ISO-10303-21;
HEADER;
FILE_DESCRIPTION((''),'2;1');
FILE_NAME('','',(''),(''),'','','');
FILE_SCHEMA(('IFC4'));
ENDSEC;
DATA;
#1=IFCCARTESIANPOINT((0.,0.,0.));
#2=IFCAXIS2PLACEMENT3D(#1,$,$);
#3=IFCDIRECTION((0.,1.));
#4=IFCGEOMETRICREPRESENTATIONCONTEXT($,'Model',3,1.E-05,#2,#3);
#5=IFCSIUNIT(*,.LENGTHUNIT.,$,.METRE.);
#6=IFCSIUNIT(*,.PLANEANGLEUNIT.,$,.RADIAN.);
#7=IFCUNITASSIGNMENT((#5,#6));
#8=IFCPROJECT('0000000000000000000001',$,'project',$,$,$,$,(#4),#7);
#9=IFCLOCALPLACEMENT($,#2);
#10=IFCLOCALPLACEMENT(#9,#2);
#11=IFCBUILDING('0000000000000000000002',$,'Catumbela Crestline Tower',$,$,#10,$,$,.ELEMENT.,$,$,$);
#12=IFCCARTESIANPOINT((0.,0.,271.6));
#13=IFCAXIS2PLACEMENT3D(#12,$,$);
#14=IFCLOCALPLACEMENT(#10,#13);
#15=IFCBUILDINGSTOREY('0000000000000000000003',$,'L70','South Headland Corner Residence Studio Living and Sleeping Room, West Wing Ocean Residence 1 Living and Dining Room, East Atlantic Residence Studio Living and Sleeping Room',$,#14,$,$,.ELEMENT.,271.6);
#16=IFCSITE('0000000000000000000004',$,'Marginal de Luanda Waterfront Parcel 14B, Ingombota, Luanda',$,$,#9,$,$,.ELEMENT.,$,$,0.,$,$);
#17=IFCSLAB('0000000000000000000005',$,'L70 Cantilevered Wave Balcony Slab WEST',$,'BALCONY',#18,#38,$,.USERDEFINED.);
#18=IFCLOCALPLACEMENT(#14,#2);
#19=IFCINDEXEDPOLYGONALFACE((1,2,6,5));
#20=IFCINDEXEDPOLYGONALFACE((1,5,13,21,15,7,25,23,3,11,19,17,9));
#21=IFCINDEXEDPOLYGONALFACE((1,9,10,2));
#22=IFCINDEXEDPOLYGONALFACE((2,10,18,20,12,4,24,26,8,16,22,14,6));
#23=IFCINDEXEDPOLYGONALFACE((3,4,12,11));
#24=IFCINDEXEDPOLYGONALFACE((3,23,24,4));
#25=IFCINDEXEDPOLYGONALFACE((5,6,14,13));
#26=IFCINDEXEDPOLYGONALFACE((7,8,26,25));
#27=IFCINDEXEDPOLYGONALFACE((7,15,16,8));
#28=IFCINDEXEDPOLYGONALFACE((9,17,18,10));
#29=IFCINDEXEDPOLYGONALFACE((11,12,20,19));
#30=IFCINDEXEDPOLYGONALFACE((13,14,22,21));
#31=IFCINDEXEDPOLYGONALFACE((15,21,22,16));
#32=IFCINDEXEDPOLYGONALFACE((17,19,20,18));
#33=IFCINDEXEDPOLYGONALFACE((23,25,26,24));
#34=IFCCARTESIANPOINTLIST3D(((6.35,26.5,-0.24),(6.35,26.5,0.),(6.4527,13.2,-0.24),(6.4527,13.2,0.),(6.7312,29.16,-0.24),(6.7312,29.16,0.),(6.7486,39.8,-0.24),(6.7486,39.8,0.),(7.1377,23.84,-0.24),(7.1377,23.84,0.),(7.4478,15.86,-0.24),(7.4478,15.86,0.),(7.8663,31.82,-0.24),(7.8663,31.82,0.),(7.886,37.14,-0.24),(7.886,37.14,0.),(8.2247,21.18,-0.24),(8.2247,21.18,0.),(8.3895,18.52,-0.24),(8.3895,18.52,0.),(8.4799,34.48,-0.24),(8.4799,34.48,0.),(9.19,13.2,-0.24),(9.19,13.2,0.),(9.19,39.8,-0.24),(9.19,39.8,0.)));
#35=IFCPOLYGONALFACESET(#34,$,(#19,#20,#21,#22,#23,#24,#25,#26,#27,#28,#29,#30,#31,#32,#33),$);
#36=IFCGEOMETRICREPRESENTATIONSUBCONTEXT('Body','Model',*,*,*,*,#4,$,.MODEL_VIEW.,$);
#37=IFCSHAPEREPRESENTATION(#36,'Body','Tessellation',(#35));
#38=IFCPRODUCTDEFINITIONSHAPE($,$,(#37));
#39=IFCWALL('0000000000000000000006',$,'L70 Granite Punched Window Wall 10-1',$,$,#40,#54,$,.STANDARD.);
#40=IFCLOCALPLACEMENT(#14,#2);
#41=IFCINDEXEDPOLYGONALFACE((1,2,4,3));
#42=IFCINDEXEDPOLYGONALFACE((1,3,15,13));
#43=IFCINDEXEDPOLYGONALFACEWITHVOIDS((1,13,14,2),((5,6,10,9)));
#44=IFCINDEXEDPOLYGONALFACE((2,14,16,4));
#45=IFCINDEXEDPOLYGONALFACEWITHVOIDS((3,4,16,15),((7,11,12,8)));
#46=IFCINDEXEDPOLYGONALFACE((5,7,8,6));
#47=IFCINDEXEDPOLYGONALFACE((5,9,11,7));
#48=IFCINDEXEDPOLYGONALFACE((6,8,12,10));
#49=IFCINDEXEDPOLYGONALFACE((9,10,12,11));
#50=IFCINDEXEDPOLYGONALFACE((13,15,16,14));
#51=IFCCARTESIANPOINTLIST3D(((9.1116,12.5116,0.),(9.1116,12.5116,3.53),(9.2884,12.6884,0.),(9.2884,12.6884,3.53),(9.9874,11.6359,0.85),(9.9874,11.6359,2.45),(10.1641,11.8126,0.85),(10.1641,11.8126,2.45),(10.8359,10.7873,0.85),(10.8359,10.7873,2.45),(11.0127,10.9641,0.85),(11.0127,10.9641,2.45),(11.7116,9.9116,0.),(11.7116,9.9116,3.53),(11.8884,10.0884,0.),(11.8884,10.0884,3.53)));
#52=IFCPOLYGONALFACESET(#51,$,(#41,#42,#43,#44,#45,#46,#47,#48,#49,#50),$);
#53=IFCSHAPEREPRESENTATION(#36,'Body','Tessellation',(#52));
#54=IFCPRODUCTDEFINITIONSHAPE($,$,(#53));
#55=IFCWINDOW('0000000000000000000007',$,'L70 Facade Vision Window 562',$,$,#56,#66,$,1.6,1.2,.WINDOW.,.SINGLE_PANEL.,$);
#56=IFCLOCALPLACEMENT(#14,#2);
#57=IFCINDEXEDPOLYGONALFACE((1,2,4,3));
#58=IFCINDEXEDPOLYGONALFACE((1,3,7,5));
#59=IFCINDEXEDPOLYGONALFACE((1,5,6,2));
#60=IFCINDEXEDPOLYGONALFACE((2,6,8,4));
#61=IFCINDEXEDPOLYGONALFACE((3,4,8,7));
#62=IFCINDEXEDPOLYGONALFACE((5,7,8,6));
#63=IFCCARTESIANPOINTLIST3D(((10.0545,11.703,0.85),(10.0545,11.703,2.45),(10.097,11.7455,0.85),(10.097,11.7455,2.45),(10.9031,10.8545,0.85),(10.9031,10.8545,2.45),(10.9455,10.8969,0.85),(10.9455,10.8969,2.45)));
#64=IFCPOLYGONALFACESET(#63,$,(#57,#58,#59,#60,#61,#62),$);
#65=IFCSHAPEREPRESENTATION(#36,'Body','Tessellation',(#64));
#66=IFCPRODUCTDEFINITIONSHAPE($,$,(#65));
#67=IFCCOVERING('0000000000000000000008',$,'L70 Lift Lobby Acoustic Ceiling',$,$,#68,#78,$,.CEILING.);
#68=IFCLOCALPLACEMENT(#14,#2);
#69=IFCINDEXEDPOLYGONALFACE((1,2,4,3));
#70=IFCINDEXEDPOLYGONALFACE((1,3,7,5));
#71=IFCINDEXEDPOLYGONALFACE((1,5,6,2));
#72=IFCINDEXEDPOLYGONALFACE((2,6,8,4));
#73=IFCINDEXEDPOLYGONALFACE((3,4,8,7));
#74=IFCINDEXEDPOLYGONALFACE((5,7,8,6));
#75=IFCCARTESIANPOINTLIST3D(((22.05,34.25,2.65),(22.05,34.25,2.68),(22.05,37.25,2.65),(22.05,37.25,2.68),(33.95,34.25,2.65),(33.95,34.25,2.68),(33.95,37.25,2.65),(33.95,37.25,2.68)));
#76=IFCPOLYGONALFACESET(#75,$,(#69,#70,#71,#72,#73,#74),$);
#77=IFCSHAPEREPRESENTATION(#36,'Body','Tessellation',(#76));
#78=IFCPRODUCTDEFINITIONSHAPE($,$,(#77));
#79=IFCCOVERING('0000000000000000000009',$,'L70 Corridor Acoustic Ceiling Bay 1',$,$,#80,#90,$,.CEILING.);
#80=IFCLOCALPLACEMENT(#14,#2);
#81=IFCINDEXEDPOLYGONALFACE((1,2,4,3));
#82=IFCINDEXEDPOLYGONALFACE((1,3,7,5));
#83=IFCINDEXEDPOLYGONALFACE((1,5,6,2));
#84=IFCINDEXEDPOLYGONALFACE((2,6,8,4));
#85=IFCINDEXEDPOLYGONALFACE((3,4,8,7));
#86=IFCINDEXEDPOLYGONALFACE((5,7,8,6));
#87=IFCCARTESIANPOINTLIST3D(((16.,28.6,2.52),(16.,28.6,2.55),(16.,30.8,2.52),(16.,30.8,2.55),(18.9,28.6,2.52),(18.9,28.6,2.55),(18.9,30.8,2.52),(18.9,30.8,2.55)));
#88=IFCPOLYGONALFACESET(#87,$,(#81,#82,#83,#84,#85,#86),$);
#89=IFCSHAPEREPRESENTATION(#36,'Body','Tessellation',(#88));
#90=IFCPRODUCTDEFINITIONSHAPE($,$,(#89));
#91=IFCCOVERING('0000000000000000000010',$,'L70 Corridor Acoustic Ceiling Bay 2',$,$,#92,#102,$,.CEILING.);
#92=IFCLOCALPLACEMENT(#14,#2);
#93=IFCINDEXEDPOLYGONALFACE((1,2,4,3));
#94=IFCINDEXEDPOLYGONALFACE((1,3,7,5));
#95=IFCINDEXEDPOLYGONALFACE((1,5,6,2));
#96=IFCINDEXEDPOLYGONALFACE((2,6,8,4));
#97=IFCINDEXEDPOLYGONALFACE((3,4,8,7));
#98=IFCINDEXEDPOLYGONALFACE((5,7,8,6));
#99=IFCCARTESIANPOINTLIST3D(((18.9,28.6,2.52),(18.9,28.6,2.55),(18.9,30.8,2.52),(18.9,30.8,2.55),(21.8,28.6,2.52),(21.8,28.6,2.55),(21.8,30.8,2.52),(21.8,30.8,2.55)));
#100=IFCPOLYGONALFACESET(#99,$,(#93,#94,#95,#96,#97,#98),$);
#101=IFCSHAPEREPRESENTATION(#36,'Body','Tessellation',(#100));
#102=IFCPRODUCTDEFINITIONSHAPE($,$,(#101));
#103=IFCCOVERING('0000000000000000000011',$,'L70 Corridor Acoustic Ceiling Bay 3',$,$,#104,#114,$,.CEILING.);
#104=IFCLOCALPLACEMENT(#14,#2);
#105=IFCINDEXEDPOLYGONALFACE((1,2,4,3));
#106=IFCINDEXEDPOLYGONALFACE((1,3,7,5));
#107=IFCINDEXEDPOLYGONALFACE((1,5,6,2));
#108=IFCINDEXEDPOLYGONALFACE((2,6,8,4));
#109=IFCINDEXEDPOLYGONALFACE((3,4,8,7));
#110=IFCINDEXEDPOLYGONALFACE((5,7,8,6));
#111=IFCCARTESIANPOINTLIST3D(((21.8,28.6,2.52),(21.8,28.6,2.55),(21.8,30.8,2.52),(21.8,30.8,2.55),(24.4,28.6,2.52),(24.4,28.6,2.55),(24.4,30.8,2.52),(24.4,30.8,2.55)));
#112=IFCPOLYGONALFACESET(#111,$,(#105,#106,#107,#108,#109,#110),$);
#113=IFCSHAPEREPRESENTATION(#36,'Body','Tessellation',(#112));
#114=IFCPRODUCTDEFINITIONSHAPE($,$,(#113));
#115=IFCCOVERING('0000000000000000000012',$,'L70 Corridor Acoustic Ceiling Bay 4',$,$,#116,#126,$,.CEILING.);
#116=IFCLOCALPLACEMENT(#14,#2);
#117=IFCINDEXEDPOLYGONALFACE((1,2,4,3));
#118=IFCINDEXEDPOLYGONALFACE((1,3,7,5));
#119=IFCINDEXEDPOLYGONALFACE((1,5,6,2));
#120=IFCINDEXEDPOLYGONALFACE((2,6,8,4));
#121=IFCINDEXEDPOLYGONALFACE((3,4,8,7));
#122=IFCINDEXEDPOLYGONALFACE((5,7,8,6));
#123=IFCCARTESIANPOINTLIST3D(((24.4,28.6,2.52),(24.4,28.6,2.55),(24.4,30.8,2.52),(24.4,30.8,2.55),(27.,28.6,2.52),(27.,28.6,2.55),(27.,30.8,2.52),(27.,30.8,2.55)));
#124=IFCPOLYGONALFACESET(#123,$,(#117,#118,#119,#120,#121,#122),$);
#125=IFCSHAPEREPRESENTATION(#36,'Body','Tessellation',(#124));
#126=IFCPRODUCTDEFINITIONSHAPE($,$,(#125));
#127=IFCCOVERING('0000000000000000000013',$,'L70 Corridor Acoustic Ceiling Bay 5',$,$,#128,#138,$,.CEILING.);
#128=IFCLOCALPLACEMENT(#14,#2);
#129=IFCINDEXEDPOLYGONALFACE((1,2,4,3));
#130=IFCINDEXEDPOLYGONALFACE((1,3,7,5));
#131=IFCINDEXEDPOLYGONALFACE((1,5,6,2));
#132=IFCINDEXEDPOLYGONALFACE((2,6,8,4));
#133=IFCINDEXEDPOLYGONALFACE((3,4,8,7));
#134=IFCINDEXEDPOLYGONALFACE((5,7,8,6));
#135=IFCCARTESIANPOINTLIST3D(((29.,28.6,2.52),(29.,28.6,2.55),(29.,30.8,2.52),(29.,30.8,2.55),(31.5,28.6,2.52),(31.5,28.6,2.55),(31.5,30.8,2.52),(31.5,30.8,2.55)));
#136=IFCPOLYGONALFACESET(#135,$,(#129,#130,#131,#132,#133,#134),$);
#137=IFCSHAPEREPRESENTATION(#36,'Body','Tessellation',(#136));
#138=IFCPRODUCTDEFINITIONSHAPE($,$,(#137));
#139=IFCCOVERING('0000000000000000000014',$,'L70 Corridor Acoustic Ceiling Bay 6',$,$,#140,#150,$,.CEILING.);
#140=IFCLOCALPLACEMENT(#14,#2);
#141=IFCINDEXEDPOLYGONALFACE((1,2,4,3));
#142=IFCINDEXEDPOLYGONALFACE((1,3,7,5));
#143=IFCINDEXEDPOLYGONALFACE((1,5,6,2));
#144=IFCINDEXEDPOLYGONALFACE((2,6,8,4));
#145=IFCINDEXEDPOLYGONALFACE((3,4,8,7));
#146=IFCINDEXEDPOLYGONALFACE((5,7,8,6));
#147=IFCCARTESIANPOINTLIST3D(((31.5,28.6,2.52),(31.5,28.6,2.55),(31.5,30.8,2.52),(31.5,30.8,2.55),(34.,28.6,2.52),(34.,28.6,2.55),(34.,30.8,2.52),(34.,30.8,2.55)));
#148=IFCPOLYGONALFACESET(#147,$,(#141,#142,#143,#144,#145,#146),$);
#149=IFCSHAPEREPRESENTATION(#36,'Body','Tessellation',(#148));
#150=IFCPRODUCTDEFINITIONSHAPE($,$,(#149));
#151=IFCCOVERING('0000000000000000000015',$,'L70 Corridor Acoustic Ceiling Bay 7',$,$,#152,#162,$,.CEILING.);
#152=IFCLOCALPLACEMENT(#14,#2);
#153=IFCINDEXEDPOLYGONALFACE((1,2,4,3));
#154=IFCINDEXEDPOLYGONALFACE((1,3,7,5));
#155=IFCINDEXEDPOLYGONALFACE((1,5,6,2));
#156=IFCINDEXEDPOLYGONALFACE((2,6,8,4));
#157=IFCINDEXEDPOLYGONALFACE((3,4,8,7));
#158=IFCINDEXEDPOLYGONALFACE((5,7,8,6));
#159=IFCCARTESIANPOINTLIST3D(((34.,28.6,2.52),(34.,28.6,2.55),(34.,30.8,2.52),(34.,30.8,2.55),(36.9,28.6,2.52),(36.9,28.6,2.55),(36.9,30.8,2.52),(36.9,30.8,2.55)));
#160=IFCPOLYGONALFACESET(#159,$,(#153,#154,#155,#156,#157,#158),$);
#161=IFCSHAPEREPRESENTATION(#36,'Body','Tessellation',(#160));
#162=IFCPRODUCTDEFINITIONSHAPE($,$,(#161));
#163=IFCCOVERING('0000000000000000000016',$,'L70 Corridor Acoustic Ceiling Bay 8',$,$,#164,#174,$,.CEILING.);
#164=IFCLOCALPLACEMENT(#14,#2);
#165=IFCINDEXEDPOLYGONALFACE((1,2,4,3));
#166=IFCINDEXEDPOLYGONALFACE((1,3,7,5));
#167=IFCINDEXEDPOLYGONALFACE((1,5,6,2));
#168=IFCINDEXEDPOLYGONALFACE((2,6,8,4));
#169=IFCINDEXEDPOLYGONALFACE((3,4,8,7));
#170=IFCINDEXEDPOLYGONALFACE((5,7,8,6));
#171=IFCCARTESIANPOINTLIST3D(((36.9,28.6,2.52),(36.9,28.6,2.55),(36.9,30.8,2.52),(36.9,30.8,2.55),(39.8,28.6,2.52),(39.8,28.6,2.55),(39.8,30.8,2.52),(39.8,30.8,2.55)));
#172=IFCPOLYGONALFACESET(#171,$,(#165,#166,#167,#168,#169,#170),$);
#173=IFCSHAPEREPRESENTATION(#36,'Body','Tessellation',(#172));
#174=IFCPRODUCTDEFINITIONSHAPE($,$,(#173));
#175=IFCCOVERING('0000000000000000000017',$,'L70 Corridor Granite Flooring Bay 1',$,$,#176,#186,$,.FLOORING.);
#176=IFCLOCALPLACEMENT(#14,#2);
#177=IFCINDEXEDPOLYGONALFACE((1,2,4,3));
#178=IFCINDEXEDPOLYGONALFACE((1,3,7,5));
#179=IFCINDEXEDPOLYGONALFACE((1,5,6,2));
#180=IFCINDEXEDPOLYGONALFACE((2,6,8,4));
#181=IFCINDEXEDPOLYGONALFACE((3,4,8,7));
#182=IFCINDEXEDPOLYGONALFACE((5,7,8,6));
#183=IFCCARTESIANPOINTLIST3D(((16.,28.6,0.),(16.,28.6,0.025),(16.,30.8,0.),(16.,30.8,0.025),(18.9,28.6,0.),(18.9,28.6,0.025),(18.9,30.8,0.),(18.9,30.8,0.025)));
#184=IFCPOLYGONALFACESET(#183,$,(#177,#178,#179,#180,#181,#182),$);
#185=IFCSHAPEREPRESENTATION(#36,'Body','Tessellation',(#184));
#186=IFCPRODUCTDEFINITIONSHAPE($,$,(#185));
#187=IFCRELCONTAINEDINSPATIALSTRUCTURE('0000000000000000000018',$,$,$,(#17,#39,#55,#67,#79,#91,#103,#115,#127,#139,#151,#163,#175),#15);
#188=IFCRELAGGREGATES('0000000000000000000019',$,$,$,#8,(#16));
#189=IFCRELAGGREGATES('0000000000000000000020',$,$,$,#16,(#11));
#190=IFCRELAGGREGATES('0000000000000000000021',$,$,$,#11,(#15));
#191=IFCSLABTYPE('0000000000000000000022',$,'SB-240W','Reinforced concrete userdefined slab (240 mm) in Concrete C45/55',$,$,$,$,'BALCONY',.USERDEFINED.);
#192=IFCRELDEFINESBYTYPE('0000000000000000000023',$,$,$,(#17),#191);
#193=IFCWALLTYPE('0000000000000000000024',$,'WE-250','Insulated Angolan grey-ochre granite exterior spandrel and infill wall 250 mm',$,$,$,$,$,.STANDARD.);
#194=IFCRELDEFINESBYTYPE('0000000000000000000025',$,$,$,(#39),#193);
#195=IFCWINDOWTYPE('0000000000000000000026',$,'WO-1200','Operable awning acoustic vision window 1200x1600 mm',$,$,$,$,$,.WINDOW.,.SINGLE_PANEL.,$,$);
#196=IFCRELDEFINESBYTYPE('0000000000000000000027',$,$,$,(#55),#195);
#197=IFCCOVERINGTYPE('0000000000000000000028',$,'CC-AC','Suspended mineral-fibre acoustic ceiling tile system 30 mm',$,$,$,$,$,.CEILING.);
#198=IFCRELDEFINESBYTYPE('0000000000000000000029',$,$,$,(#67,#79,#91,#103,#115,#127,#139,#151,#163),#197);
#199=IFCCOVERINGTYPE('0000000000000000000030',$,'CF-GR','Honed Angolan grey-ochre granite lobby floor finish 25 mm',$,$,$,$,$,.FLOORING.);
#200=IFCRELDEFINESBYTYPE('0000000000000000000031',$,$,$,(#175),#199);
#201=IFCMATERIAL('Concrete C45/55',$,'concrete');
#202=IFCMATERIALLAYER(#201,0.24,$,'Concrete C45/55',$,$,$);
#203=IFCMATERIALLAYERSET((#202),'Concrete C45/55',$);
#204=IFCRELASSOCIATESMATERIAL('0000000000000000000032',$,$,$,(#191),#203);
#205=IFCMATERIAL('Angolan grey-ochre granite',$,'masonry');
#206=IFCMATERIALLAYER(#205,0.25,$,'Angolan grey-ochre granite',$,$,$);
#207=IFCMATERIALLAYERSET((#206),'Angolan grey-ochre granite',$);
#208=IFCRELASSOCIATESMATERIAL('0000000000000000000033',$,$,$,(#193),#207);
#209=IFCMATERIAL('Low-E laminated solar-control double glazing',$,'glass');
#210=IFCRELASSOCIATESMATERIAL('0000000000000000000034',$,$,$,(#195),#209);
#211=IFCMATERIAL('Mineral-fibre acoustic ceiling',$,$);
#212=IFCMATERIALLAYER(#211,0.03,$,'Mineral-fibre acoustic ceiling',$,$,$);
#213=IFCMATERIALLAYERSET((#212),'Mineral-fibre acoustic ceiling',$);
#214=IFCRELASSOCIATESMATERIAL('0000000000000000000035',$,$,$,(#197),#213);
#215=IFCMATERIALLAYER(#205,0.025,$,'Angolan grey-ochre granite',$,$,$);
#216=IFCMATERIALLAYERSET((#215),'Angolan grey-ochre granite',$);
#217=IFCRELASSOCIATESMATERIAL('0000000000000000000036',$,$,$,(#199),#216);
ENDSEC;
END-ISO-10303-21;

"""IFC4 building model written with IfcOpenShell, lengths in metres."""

from ifc_helpers import new_model, si_unit, direction, frame, frame_2d, origin, place, context, subcontext, project, spatial, polyline, rectangle, outline, extrude, material, layer, layer_set, type_object, element, fill, save


model = new_model("IFC4")

# Units and contexts
model_context = context("Model", 3, precision=1e-05, world=origin(), true_north=direction((0.0, 1.0)))
body_context = subcontext(model_context, "Body", "Model", "MODEL_VIEW")
ifc_project = project(units=[si_unit("LENGTHUNIT", "METRE"), si_unit("PLANEANGLEUNIT", "RADIAN")], contexts=[model_context])

# Site, building, storey
site_placement = place(None, origin())
site = spatial("IfcSite", under=ifc_project, at=site_placement, Name="Marginal de Luanda Waterfront Parcel 14B, Ingombota, Luanda", CompositionType="ELEMENT", RefElevation=0.0)
building_placement = place(site_placement, origin())
building = spatial("IfcBuilding", under=site, at=building_placement, Name="Catumbela Crestline Tower", CompositionType="ELEMENT")
storey_placement = place(building_placement, frame((0.0, 0.0, 271.6)))
storey = spatial("IfcBuildingStorey", under=building, at=storey_placement, Name="L70", Description="South Headland Corner Residence Studio Living and Sleeping Room, West Wing Ocean Residence 1 Living and Dining Room, East Atlantic Residence Studio Living and Sleeping Room", CompositionType="ELEMENT", Elevation=271.6)

# Shared definitions
ifc_material_1 = material(Name="Low-E laminated solar-control double glazing", Category="glass")

# Shared definitions
ifc_material_2 = material(Name="Concrete C45/55", Category="concrete")

# Slab
ifc_layer_1 = layer(ifc_material_2, 0.24, Name="Concrete C45/55")
ifc_layer_set_1 = layer_set([ifc_layer_1], Name="Concrete C45/55")
slab_type_1 = type_object("IfcSlabType", Name="SB-240W", Description="Reinforced concrete userdefined slab (240 mm) in Concrete C45/55", ElementType="BALCONY", PredefinedType="USERDEFINED", material=ifc_layer_set_1)
slab_1_placement = place(storey_placement, frame((0.0, 0.0, -0.24)))
element("IfcSlab", 1, at=slab_1_placement, inside=storey, type_object=slab_type_1, Name="L70 Cantilevered Wave Balcony Slab WEST", ObjectType="BALCONY", PredefinedType="USERDEFINED", context=body_context, shape_type="SweptSolid", body=[
    extrude(outline(polyline([(9.19, 39.8), (6.7486, 39.8), (7.886, 37.14), (8.4799, 34.48), (7.8663, 31.82), (6.7312, 29.16), (6.35, 26.5), (7.1377, 23.84), (8.2247, 21.18), (8.3895, 18.52), (7.4478, 15.86), (6.4527, 13.2), (9.19, 13.2), (9.19, 39.8)])), origin(), (0.0, 0.0, 1.0), 0.24),
])

# Wall, opening, window
ifc_material_3 = material(Name="Angolan grey-ochre granite", Category="masonry")
ifc_layer_2 = layer(ifc_material_3, 0.25, Name="Angolan grey-ochre granite")
ifc_layer_set_2 = layer_set([ifc_layer_2], Name="Angolan grey-ochre granite")
wall_type = type_object("IfcWallType", Name="WE-250", Description="Insulated Angolan grey-ochre granite exterior spandrel and infill wall 250 mm", PredefinedType="STANDARD", material=ifc_layer_set_2)
wall_placement = place(storey_placement, frame((9.2, 12.6, 0.0), z_axis=(0.0, 0.0, 1.0), x_axis=(0.707107, -0.707107, 0.0)))
wall = element("IfcWall", 2, at=wall_placement, inside=storey, type_object=wall_type, Name="L70 Granite Punched Window Wall 10-1", PredefinedType="STANDARD", context=body_context, shape_type="SweptSolid", body=[
    extrude(rectangle(XDim=3.677, YDim=0.25, at=frame_2d((1.8385, 0.0))), origin(), (0.0, 0.0, 1.0), 3.53),
])
opening_placement = place(wall_placement, frame((1.2385, 0.0, 0.85)))
opening = element("IfcOpeningElement", 3, at=opening_placement, cuts=wall, PredefinedType="OPENING", context=body_context, shape_type="SweptSolid", body=[
    extrude(rectangle(XDim=1.2, YDim=1.6, at=frame_2d((0.6, 0.8))), frame((0.0, 0.135, 0.0), z_axis=(0.0, -1.0, 0.0), x_axis=(1.0, 0.0, 0.0)), (0.0, 0.0, 1.0), 0.27),
])
window_type = type_object("IfcWindowType", Name="WO-1200", Description="Operable awning acoustic vision window 1200x1600 mm", PartitioningType="SINGLE_PANEL", PredefinedType="WINDOW", material=ifc_material_1)
window_placement = place(opening_placement, origin())
window = element("IfcWindow", 4, at=window_placement, inside=storey, type_object=window_type, Name="L70 Facade Vision Window 562", OverallHeight=1.6, OverallWidth=1.2, PartitioningType="SINGLE_PANEL", PredefinedType="WINDOW", context=body_context, shape_type="SweptSolid", body=[
    extrude(rectangle(XDim=1.2, YDim=1.6, at=frame_2d((0.6, 0.8))), frame((0.0, 0.03, 0.0), z_axis=(0.0, -1.0, 0.0), x_axis=(1.0, 0.0, 0.0)), (0.0, 0.0, 1.0), 0.06),
])
fill(opening, window)

# Coverings
ifc_material_4 = material(Name="Mineral-fibre acoustic ceiling")
ifc_layer_3 = layer(ifc_material_4, 0.03, Name="Mineral-fibre acoustic ceiling")
ifc_layer_set_3 = layer_set([ifc_layer_3], Name="Mineral-fibre acoustic ceiling")
covering_type_1 = type_object("IfcCoveringType", Name="CC-AC", Description="Suspended mineral-fibre acoustic ceiling tile system 30 mm", PredefinedType="CEILING", material=ifc_layer_set_3)
covering_1_placement = place(storey_placement, frame((0.0, 0.0, 2.65)))
element("IfcCovering", 5, at=covering_1_placement, inside=storey, type_object=covering_type_1, Name="L70 Lift Lobby Acoustic Ceiling", PredefinedType="CEILING", context=body_context, shape_type="SweptSolid", body=[
    extrude(outline(polyline([(22.05, 34.25), (33.95, 34.25), (33.95, 37.25), (22.05, 37.25), (22.05, 34.25)])), origin(), (0.0, 0.0, 1.0), 0.03),
])
covering_2_placement = place(storey_placement, frame((0.0, 0.0, 2.52)))
element("IfcCovering", 6, at=covering_2_placement, inside=storey, type_object=covering_type_1, Name="L70 Corridor Acoustic Ceiling Bay 1", PredefinedType="CEILING", context=body_context, shape_type="SweptSolid", body=[
    extrude(outline(polyline([(16.0, 28.6), (18.9, 28.6), (18.9, 30.8), (16.0, 30.8), (16.0, 28.6)])), origin(), (0.0, 0.0, 1.0), 0.03),
])
covering_3_placement = place(storey_placement, frame((0.0, 0.0, 2.52)))
element("IfcCovering", 7, at=covering_3_placement, inside=storey, type_object=covering_type_1, Name="L70 Corridor Acoustic Ceiling Bay 2", PredefinedType="CEILING", context=body_context, shape_type="SweptSolid", body=[
    extrude(outline(polyline([(18.9, 28.6), (21.8, 28.6), (21.8, 30.8), (18.9, 30.8), (18.9, 28.6)])), origin(), (0.0, 0.0, 1.0), 0.03),
])
covering_4_placement = place(storey_placement, frame((0.0, 0.0, 2.52)))
element("IfcCovering", 8, at=covering_4_placement, inside=storey, type_object=covering_type_1, Name="L70 Corridor Acoustic Ceiling Bay 3", PredefinedType="CEILING", context=body_context, shape_type="SweptSolid", body=[
    extrude(outline(polyline([(21.8, 28.6), (24.4, 28.6), (24.4, 30.8), (21.8, 30.8), (21.8, 28.6)])), origin(), (0.0, 0.0, 1.0), 0.03),
])
covering_5_placement = place(storey_placement, frame((0.0, 0.0, 2.52)))
element("IfcCovering", 9, at=covering_5_placement, inside=storey, type_object=covering_type_1, Name="L70 Corridor Acoustic Ceiling Bay 4", PredefinedType="CEILING", context=body_context, shape_type="SweptSolid", body=[
    extrude(outline(polyline([(24.4, 28.6), (27.0, 28.6), (27.0, 30.8), (24.4, 30.8), (24.4, 28.6)])), origin(), (0.0, 0.0, 1.0), 0.03),
])
covering_6_placement = place(storey_placement, frame((0.0, 0.0, 2.52)))
element("IfcCovering", 10, at=covering_6_placement, inside=storey, type_object=covering_type_1, Name="L70 Corridor Acoustic Ceiling Bay 5", PredefinedType="CEILING", context=body_context, shape_type="SweptSolid", body=[
    extrude(outline(polyline([(29.0, 28.6), (31.5, 28.6), (31.5, 30.8), (29.0, 30.8), (29.0, 28.6)])), origin(), (0.0, 0.0, 1.0), 0.03),
])
covering_7_placement = place(storey_placement, frame((0.0, 0.0, 2.52)))
element("IfcCovering", 11, at=covering_7_placement, inside=storey, type_object=covering_type_1, Name="L70 Corridor Acoustic Ceiling Bay 6", PredefinedType="CEILING", context=body_context, shape_type="SweptSolid", body=[
    extrude(outline(polyline([(31.5, 28.6), (34.0, 28.6), (34.0, 30.8), (31.5, 30.8), (31.5, 28.6)])), origin(), (0.0, 0.0, 1.0), 0.03),
])
covering_8_placement = place(storey_placement, frame((0.0, 0.0, 2.52)))
element("IfcCovering", 12, at=covering_8_placement, inside=storey, type_object=covering_type_1, Name="L70 Corridor Acoustic Ceiling Bay 7", PredefinedType="CEILING", context=body_context, shape_type="SweptSolid", body=[
    extrude(outline(polyline([(34.0, 28.6), (36.9, 28.6), (36.9, 30.8), (34.0, 30.8), (34.0, 28.6)])), origin(), (0.0, 0.0, 1.0), 0.03),
])
covering_9_placement = place(storey_placement, frame((0.0, 0.0, 2.52)))
element("IfcCovering", 13, at=covering_9_placement, inside=storey, type_object=covering_type_1, Name="L70 Corridor Acoustic Ceiling Bay 8", PredefinedType="CEILING", context=body_context, shape_type="SweptSolid", body=[
    extrude(outline(polyline([(36.9, 28.6), (39.8, 28.6), (39.8, 30.8), (36.9, 30.8), (36.9, 28.6)])), origin(), (0.0, 0.0, 1.0), 0.03),
])
ifc_layer_4 = layer(ifc_material_3, 0.025, Name="Angolan grey-ochre granite")
ifc_layer_set_4 = layer_set([ifc_layer_4], Name="Angolan grey-ochre granite")
covering_type_2 = type_object("IfcCoveringType", Name="CF-GR", Description="Honed Angolan grey-ochre granite lobby floor finish 25 mm", PredefinedType="FLOORING", material=ifc_layer_set_4)
covering_10_placement = place(storey_placement, origin())
element("IfcCovering", 14, at=covering_10_placement, inside=storey, type_object=covering_type_2, Name="L70 Corridor Granite Flooring Bay 1", PredefinedType="FLOORING", context=body_context, shape_type="SweptSolid", body=[
    extrude(outline(polyline([(16.0, 28.6), (18.9, 28.6), (18.9, 30.8), (16.0, 30.8), (16.0, 28.6)])), origin(), (0.0, 0.0, 1.0), 0.025),
])

save(model, "model.ifc")
